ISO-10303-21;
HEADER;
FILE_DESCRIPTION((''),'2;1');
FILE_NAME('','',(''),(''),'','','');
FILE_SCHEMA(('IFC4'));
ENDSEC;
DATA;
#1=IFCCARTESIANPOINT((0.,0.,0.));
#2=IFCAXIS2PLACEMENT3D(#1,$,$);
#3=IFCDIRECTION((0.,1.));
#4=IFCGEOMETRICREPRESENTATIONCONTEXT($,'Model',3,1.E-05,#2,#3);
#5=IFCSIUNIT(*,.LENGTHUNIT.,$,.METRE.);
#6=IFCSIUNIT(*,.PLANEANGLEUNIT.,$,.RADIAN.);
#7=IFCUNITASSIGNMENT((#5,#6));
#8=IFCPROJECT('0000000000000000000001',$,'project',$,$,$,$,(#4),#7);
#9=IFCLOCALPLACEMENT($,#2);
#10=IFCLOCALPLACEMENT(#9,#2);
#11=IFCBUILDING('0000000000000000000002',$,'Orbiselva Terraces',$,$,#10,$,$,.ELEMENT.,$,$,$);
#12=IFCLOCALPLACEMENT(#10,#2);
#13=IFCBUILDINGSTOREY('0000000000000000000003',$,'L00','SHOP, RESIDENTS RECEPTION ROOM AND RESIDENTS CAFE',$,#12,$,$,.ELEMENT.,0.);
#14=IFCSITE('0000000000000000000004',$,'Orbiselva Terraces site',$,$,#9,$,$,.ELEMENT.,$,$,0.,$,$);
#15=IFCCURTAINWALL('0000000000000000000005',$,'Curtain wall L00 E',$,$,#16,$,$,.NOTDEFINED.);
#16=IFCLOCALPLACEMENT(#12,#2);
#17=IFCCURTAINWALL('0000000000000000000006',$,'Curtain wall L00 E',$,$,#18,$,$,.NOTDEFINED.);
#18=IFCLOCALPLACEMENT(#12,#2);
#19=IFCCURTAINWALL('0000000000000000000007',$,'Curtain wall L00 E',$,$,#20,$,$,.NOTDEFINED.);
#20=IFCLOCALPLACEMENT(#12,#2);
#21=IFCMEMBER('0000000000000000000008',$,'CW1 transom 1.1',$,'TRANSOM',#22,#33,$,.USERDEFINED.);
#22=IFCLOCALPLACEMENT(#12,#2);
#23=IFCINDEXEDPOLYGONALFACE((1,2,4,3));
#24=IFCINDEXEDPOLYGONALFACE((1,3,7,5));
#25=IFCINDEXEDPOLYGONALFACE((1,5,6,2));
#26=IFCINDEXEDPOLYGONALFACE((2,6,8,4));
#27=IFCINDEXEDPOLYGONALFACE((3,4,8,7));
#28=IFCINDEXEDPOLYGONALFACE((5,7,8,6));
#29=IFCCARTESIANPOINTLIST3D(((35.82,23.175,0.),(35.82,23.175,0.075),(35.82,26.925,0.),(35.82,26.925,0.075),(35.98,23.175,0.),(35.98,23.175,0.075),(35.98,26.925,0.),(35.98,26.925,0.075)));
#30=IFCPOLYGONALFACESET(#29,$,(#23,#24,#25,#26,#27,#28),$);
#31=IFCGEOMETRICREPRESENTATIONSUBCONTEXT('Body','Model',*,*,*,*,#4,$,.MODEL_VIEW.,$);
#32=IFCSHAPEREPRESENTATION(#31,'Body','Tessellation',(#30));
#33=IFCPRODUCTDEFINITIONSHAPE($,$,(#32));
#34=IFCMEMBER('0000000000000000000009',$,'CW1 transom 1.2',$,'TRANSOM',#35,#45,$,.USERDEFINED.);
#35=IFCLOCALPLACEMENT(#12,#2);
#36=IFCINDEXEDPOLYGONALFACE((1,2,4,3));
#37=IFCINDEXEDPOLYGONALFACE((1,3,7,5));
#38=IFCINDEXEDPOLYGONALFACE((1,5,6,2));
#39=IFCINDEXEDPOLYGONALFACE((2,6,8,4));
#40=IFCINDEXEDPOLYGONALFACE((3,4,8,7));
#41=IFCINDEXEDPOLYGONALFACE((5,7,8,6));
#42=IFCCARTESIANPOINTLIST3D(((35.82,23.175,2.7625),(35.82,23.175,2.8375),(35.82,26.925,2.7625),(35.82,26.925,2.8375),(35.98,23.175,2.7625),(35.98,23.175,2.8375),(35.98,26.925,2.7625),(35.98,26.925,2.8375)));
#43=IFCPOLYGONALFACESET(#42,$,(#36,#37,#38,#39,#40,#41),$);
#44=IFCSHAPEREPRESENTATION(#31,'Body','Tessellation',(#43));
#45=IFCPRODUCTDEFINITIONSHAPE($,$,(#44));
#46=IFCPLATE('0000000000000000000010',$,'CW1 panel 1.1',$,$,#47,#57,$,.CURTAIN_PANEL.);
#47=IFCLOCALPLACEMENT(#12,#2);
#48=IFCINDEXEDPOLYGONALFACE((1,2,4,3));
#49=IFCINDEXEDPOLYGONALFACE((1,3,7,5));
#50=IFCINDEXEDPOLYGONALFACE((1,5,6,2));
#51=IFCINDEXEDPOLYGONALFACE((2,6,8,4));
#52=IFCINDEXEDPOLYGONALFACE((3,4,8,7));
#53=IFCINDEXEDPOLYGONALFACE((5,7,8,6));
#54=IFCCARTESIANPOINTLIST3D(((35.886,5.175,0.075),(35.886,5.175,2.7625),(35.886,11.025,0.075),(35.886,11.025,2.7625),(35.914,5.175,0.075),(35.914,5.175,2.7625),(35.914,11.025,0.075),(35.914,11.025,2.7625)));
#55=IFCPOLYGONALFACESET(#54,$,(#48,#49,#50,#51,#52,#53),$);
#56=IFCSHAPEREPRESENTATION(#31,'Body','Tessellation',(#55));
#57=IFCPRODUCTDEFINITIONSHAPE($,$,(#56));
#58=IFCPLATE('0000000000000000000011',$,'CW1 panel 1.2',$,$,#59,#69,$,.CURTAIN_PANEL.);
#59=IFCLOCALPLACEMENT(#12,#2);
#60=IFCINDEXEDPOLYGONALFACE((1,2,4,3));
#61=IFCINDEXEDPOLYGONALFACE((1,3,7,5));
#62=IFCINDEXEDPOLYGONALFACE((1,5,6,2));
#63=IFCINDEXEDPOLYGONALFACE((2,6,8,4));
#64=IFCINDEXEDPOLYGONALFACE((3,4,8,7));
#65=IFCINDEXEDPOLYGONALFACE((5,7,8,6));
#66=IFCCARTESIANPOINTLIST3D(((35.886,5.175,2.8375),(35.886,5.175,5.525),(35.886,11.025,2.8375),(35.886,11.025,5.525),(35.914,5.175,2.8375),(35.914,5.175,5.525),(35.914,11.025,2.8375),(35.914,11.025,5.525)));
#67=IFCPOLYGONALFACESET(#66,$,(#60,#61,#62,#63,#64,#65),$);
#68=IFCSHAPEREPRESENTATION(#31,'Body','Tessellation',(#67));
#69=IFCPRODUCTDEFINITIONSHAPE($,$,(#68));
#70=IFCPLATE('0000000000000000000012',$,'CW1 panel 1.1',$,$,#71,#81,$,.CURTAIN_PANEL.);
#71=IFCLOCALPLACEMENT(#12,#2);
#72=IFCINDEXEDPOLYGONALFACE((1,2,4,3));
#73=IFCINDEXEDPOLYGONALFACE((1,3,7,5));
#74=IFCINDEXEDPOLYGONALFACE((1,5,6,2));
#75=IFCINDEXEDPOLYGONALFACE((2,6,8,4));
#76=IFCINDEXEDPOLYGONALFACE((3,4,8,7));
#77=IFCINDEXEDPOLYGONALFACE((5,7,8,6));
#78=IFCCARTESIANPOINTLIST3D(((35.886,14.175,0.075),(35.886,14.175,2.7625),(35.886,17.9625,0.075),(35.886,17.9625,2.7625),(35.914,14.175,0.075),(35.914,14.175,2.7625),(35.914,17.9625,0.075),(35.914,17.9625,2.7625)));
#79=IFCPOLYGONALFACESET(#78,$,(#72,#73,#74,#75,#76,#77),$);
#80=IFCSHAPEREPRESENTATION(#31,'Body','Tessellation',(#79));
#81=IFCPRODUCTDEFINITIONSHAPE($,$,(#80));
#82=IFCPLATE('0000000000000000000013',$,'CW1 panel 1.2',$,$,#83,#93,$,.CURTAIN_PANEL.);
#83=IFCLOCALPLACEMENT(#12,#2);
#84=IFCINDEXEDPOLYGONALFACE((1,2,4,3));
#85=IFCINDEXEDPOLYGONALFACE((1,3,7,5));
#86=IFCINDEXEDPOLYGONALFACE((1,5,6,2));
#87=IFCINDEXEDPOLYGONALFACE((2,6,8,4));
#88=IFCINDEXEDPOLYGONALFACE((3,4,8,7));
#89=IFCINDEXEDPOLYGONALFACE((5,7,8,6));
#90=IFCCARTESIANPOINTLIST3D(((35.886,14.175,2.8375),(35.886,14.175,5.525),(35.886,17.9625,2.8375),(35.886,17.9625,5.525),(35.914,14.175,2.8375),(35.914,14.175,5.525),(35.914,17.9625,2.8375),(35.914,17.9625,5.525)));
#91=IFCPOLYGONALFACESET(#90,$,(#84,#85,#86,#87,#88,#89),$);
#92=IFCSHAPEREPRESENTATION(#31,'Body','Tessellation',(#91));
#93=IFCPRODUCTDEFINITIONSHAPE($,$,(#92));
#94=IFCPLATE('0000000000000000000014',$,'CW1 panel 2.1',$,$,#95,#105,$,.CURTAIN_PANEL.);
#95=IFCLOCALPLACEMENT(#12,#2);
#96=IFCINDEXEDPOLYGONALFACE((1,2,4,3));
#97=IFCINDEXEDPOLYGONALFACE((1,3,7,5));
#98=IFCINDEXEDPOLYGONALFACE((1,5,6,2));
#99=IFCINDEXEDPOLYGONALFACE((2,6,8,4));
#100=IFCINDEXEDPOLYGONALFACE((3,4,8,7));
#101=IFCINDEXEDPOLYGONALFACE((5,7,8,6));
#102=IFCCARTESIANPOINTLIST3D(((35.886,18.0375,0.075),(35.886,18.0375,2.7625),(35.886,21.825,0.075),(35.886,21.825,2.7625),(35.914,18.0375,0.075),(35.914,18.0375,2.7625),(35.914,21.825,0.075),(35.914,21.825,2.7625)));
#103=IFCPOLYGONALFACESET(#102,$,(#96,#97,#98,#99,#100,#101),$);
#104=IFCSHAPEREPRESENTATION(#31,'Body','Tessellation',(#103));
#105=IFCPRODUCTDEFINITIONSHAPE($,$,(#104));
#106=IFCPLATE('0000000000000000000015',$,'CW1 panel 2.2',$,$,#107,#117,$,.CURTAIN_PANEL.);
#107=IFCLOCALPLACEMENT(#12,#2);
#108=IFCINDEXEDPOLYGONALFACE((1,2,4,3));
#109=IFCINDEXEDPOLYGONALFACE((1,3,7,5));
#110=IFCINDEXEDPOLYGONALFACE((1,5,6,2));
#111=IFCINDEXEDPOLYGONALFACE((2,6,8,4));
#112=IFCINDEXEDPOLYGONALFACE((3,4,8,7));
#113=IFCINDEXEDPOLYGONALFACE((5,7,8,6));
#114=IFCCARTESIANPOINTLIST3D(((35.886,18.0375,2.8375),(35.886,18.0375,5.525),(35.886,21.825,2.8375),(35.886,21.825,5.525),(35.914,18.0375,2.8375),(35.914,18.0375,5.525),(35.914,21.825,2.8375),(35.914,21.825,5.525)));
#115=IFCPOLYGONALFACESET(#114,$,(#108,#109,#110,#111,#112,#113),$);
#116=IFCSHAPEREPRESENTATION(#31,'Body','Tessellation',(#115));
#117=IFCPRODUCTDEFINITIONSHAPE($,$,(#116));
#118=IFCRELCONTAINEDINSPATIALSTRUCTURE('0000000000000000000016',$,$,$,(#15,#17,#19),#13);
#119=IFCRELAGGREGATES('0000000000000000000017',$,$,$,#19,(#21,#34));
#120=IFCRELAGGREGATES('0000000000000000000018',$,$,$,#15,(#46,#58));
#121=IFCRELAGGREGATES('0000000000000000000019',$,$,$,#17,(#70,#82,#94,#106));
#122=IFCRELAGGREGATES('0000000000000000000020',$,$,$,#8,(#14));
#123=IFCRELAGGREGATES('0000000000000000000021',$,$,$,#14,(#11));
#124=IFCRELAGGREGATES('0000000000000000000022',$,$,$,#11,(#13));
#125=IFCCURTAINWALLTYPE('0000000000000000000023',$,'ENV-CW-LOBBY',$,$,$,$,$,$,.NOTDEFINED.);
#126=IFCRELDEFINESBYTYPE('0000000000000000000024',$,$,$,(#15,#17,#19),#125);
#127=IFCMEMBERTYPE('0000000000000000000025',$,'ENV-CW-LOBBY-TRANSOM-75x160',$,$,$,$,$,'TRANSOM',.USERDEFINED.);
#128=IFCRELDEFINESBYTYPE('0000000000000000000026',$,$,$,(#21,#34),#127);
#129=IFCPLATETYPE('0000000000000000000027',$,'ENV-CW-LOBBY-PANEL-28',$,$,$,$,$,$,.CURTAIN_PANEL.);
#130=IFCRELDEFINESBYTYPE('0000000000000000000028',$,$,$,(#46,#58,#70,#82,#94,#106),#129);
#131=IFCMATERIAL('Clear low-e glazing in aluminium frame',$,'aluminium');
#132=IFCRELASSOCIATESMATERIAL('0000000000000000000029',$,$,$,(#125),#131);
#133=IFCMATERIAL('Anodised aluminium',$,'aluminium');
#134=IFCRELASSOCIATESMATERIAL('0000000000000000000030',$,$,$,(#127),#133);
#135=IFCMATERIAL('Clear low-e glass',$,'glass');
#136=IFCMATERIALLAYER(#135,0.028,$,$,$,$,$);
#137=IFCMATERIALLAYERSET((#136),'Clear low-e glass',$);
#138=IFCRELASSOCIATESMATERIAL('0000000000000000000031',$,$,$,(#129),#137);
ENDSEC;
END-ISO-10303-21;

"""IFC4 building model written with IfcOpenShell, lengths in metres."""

from ifc_helpers import new_model, si_unit, direction, frame, origin, origin_2d, place, context, subcontext, project, spatial, rectangle, extrude, material, layer, layer_set, material_profile, profile_set, type_object, element, aggregate, save


model = new_model("IFC4")

# Units and contexts
model_context = context("Model", 3, precision=1e-05, world=origin(), true_north=direction((0.0, 1.0)))
body_context = subcontext(model_context, "Body", "Model", "MODEL_VIEW")
ifc_project = project(units=[si_unit("LENGTHUNIT", "METRE"), si_unit("PLANEANGLEUNIT", "RADIAN")], contexts=[model_context])

# Site, building, storey
site_placement = place(None, origin())
site = spatial("IfcSite", under=ifc_project, at=site_placement, Name="Orbiselva Terraces site", CompositionType="ELEMENT", RefElevation=0.0)
building_placement = place(site_placement, origin())
building = spatial("IfcBuilding", under=site, at=building_placement, Name="Orbiselva Terraces", CompositionType="ELEMENT")
storey_placement = place(building_placement, origin())
storey = spatial("IfcBuildingStorey", under=building, at=storey_placement, Name="L00", Description="SHOP, RESIDENTS RECEPTION ROOM AND RESIDENTS CAFE", CompositionType="ELEMENT", Elevation=0.0)

# Curtain walls
ifc_material_1 = material(Name="Clear low-e glazing in aluminium frame", Category="aluminium")
curtain_wall_type = type_object("IfcCurtainWallType", Name="ENV-CW-LOBBY", PredefinedType="NOTDEFINED", material=ifc_material_1)
curtain_wall_1_placement = place(storey_placement, origin())
curtain_wall_1 = element("IfcCurtainWall", 1, at=curtain_wall_1_placement, inside=storey, type_object=curtain_wall_type, Name="Curtain wall L00 E", PredefinedType="NOTDEFINED")
ifc_material_2 = material(Name="Anodised aluminium", Category="aluminium")
curtain_wall_2_placement = place(storey_placement, origin())
curtain_wall_2 = element("IfcCurtainWall", 2, at=curtain_wall_2_placement, inside=storey, type_object=curtain_wall_type, Name="Curtain wall L00 E", PredefinedType="NOTDEFINED")

# Curtain wall
curtain_wall_3_placement = place(storey_placement, origin())
curtain_wall_3 = element("IfcCurtainWall", 3, at=curtain_wall_3_placement, inside=storey, type_object=curtain_wall_type, Name="Curtain wall L00 E", PredefinedType="NOTDEFINED")

# Members
ifc_material_profile_1 = material_profile(ifc_material_2, rectangle(XDim=0.16, YDim=0.075, at=origin_2d()), Name="AL 75x160")
ifc_profile_set_1 = profile_set([ifc_material_profile_1], Name="Anodised aluminium")
member_type_1 = type_object("IfcMemberType", Name="ENV-CW-LOBBY-TRANSOM-75x160", ElementType="TRANSOM", PredefinedType="USERDEFINED", material=ifc_profile_set_1)
member_1_placement = place(storey_placement, frame((35.9, 23.175, 0.0375), z_axis=(0.0, 1.0, 0.0), x_axis=(-1.0, 0.0, 0.0)))
member_1 = element("IfcMember", 4, at=member_1_placement, type_object=member_type_1, Name="CW1 transom 1.1", ObjectType="TRANSOM", PredefinedType="USERDEFINED", context=body_context, shape_type="SweptSolid", body=[
    extrude(rectangle(XDim=0.16, YDim=0.075, at=origin_2d()), origin(), (0.0, 0.0, 1.0), 3.75),
])
member_2_placement = place(storey_placement, frame((35.9, 23.175, 2.8), z_axis=(0.0, 1.0, 0.0), x_axis=(-1.0, 0.0, 0.0)))
member_2 = element("IfcMember", 5, at=member_2_placement, type_object=member_type_1, Name="CW1 transom 1.2", ObjectType="TRANSOM", PredefinedType="USERDEFINED", context=body_context, shape_type="SweptSolid", body=[
    extrude(rectangle(XDim=0.16, YDim=0.075, at=origin_2d()), origin(), (0.0, 0.0, 1.0), 3.75),
])
aggregate(curtain_wall_3, [member_1, member_2])

# Plates
ifc_material_3 = material(Name="Clear low-e glass", Category="glass")
ifc_layer = layer(ifc_material_3, 0.028)
ifc_layer_set = layer_set([ifc_layer], Name="Clear low-e glass")
plate_type = type_object("IfcPlateType", Name="ENV-CW-LOBBY-PANEL-28", PredefinedType="CURTAIN_PANEL", material=ifc_layer_set)
plate_1_placement = place(storey_placement, frame((35.9, 8.1, 0.075), z_axis=(0.0, 0.0, 1.0), x_axis=(0.0, 1.0, 0.0)))
plate_1 = element("IfcPlate", 6, at=plate_1_placement, type_object=plate_type, Name="CW1 panel 1.1", PredefinedType="CURTAIN_PANEL", context=body_context, shape_type="SweptSolid", body=[
    extrude(rectangle(XDim=5.85, YDim=0.028, at=origin_2d()), origin(), (0.0, 0.0, 1.0), 2.6875),
])
plate_2_placement = place(storey_placement, frame((35.9, 8.1, 2.8375), z_axis=(0.0, 0.0, 1.0), x_axis=(0.0, 1.0, 0.0)))
plate_2 = element("IfcPlate", 7, at=plate_2_placement, type_object=plate_type, Name="CW1 panel 1.2", PredefinedType="CURTAIN_PANEL", context=body_context, shape_type="SweptSolid", body=[
    extrude(rectangle(XDim=5.85, YDim=0.028, at=origin_2d()), origin(), (0.0, 0.0, 1.0), 2.6875),
])
aggregate(curtain_wall_1, [plate_1, plate_2])
plate_3_placement = place(storey_placement, frame((35.9, 16.0688, 0.075), z_axis=(0.0, 0.0, 1.0), x_axis=(0.0, 1.0, 0.0)))
plate_3 = element("IfcPlate", 8, at=plate_3_placement, type_object=plate_type, Name="CW1 panel 1.1", PredefinedType="CURTAIN_PANEL", context=body_context, shape_type="SweptSolid", body=[
    extrude(rectangle(XDim=3.7875, YDim=0.028, at=origin_2d()), origin(), (0.0, 0.0, 1.0), 2.6875),
])
plate_4_placement = place(storey_placement, frame((35.9, 16.0688, 2.8375), z_axis=(0.0, 0.0, 1.0), x_axis=(0.0, 1.0, 0.0)))
plate_4 = element("IfcPlate", 9, at=plate_4_placement, type_object=plate_type, Name="CW1 panel 1.2", PredefinedType="CURTAIN_PANEL", context=body_context, shape_type="SweptSolid", body=[
    extrude(rectangle(XDim=3.7875, YDim=0.028, at=origin_2d()), origin(), (0.0, 0.0, 1.0), 2.6875),
])
plate_5_placement = place(storey_placement, frame((35.9, 19.9312, 0.075), z_axis=(0.0, 0.0, 1.0), x_axis=(0.0, 1.0, 0.0)))
plate_5 = element("IfcPlate", 10, at=plate_5_placement, type_object=plate_type, Name="CW1 panel 2.1", PredefinedType="CURTAIN_PANEL", context=body_context, shape_type="SweptSolid", body=[
    extrude(rectangle(XDim=3.7875, YDim=0.028, at=origin_2d()), origin(), (0.0, 0.0, 1.0), 2.6875),
])
plate_6_placement = place(storey_placement, frame((35.9, 19.9312, 2.8375), z_axis=(0.0, 0.0, 1.0), x_axis=(0.0, 1.0, 0.0)))
plate_6 = element("IfcPlate", 11, at=plate_6_placement, type_object=plate_type, Name="CW1 panel 2.2", PredefinedType="CURTAIN_PANEL", context=body_context, shape_type="SweptSolid", body=[
    extrude(rectangle(XDim=3.7875, YDim=0.028, at=origin_2d()), origin(), (0.0, 0.0, 1.0), 2.6875),
])
aggregate(curtain_wall_2, [plate_3, plate_4, plate_5, plate_6])

save(model, "model.ifc")
